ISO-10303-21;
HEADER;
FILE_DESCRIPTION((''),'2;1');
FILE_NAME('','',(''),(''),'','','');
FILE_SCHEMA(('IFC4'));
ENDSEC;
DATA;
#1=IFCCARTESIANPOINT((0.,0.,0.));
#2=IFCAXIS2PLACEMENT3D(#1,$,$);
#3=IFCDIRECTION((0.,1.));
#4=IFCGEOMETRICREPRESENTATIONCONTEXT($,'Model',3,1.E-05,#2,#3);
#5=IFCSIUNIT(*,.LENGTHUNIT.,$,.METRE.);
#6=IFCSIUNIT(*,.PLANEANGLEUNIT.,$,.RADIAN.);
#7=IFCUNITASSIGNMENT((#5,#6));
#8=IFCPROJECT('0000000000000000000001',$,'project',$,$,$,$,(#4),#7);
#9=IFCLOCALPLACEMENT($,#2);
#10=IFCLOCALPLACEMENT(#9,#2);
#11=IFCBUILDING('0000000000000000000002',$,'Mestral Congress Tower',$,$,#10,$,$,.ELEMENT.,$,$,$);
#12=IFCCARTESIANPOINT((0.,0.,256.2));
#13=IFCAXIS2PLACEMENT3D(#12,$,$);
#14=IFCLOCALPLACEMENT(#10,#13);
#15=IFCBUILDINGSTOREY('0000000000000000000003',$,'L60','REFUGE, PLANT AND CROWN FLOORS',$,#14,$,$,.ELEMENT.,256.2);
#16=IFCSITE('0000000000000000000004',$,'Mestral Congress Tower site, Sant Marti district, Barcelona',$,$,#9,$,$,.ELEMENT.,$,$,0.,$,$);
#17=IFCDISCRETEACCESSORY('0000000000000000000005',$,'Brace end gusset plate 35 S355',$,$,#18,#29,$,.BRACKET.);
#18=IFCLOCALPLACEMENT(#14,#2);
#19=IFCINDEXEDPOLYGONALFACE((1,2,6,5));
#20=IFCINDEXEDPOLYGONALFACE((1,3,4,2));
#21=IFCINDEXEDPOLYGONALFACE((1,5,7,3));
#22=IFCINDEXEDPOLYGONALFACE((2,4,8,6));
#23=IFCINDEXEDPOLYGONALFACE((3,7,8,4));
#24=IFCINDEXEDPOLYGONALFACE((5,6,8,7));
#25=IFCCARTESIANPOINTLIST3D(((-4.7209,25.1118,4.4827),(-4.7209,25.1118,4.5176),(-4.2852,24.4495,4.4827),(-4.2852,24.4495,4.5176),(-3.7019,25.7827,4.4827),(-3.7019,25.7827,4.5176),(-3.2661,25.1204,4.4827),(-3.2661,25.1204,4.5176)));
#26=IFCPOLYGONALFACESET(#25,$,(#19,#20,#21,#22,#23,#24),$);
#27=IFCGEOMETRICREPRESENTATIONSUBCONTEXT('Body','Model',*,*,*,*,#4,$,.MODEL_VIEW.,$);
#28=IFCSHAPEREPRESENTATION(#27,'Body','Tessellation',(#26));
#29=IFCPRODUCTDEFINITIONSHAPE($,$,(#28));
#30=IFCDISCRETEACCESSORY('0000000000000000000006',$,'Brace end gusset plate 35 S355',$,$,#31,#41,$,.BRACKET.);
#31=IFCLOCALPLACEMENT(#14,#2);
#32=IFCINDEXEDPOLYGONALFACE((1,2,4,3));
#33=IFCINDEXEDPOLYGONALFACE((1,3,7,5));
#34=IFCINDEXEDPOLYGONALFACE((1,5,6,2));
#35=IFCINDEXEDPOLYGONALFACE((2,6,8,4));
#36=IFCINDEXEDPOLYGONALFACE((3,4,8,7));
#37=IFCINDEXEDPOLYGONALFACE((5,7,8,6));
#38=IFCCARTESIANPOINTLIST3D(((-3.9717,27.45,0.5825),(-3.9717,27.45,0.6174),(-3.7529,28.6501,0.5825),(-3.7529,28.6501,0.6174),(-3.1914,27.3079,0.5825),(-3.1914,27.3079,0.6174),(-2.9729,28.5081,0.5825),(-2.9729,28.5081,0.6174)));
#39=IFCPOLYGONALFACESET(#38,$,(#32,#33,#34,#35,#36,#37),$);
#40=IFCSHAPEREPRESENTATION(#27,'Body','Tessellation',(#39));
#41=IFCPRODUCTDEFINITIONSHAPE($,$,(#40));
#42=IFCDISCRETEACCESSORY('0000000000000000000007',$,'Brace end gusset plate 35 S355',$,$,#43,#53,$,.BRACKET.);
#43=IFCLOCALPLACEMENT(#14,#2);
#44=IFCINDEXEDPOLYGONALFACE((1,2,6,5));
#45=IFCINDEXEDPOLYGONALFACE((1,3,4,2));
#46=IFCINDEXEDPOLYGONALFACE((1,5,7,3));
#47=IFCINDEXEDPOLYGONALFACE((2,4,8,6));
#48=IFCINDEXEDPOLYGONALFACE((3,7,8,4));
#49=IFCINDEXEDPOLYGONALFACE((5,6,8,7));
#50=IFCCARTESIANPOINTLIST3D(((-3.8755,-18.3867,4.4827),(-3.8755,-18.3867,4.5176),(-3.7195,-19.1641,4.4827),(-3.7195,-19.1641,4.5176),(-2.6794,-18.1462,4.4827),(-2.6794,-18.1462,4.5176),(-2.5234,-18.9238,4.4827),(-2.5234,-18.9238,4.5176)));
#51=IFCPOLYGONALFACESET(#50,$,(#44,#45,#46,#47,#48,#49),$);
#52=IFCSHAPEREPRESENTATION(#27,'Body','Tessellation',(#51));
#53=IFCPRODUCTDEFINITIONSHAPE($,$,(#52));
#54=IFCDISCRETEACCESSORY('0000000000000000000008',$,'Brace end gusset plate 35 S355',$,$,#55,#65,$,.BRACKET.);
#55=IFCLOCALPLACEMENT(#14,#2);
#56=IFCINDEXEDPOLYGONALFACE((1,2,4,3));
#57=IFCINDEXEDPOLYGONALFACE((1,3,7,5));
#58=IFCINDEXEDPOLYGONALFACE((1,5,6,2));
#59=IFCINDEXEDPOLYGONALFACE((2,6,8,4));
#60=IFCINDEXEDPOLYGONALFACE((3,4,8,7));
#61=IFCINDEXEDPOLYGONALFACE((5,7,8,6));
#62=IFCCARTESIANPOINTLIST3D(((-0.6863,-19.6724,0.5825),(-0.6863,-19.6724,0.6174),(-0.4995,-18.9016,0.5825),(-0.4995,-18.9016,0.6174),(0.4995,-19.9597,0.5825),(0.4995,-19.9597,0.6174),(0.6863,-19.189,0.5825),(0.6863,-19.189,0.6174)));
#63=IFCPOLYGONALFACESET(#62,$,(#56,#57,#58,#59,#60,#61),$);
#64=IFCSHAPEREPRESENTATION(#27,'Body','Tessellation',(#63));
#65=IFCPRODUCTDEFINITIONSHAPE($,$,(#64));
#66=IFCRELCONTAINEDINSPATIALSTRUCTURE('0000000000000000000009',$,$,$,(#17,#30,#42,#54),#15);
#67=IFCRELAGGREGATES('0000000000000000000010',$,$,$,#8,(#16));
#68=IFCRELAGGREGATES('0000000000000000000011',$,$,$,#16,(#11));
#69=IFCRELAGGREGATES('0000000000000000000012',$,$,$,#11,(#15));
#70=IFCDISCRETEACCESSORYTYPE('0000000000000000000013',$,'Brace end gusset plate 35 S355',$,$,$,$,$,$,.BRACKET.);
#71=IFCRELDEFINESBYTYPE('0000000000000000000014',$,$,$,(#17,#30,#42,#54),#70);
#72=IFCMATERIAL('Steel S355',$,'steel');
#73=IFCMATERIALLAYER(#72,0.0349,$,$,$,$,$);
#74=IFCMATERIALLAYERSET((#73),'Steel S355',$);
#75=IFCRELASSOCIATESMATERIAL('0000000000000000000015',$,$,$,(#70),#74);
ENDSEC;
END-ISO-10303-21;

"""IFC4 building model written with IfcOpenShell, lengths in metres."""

from ifc_helpers import new_model, si_unit, direction, frame, origin, place, context, subcontext, project, spatial, polyline, outline, extrude, material, layer, layer_set, type_object, element, save


model = new_model("IFC4")

# Units and contexts
model_context = context("Model", 3, precision=1e-05, world=origin(), true_north=direction((0.0, 1.0)))
body_context = subcontext(model_context, "Body", "Model", "MODEL_VIEW")
ifc_project = project(units=[si_unit("LENGTHUNIT", "METRE"), si_unit("PLANEANGLEUNIT", "RADIAN")], contexts=[model_context])

# Site, building, storey
site_placement = place(None, origin())
site = spatial("IfcSite", under=ifc_project, at=site_placement, Name="Mestral Congress Tower site, Sant Marti district, Barcelona", CompositionType="ELEMENT", RefElevation=0.0)
building_placement = place(site_placement, origin())
building = spatial("IfcBuilding", under=site, at=building_placement, Name="Mestral Congress Tower", CompositionType="ELEMENT")
storey_placement = place(building_placement, frame((0.0, 0.0, 256.2)))
storey = spatial("IfcBuildingStorey", under=building, at=storey_placement, Name="L60", Description="REFUGE, PLANT AND CROWN FLOORS", CompositionType="ELEMENT", Elevation=256.2)

# Discrete accessories
ifc_material_1 = material(Name="Steel S355", Category="steel")
ifc_layer_1 = layer(ifc_material_1, 0.0349)
ifc_layer_set_1 = layer_set([ifc_layer_1], Name="Steel S355")
discrete_accessory_type = type_object("IfcDiscreteAccessoryType", Name="Brace end gusset plate 35 S355", PredefinedType="BRACKET", material=ifc_layer_set_1)
placement_1 = place(storey_placement, frame((0.0, 0.0, 0.5825)))
placement_2 = place(storey_placement, frame((0.0, 0.0, 4.4827)))
element("IfcDiscreteAccessory", 1, at=placement_2, inside=storey, type_object=discrete_accessory_type, Name="Brace end gusset plate 35 S355", PredefinedType="BRACKET", context=body_context, shape_type="SweptSolid", body=[
    extrude(outline(polyline([(-4.2852, 24.4495), (-3.2661, 25.1204), (-3.7019, 25.7827), (-4.7209, 25.1118), (-4.2852, 24.4495)])), origin(), (0.0, 0.0, 1.0), 0.0349),
])
element("IfcDiscreteAccessory", 2, at=placement_1, inside=storey, type_object=discrete_accessory_type, Name="Brace end gusset plate 35 S355", PredefinedType="BRACKET", context=body_context, shape_type="SweptSolid", body=[
    extrude(outline(polyline([(-3.7529, 28.6501), (-3.9717, 27.45), (-3.1914, 27.3079), (-2.9729, 28.5081), (-3.7529, 28.6501)])), origin(), (0.0, 0.0, 1.0), 0.0349),
])
element("IfcDiscreteAccessory", 3, at=placement_2, inside=storey, type_object=discrete_accessory_type, Name="Brace end gusset plate 35 S355", PredefinedType="BRACKET", context=body_context, shape_type="SweptSolid", body=[
    extrude(outline(polyline([(-2.6794, -18.1462), (-3.8755, -18.3867), (-3.7195, -19.1641), (-2.5234, -18.9238), (-2.6794, -18.1462)])), origin(), (0.0, 0.0, 1.0), 0.0349),
])
element("IfcDiscreteAccessory", 4, at=placement_1, inside=storey, type_object=discrete_accessory_type, Name="Brace end gusset plate 35 S355", PredefinedType="BRACKET", context=body_context, shape_type="SweptSolid", body=[
    extrude(outline(polyline([(0.6863, -19.189), (-0.4995, -18.9016), (-0.6863, -19.6724), (0.4995, -19.9597), (0.6863, -19.189)])), origin(), (0.0, 0.0, 1.0), 0.0349),
])

save(model, "model.ifc")
